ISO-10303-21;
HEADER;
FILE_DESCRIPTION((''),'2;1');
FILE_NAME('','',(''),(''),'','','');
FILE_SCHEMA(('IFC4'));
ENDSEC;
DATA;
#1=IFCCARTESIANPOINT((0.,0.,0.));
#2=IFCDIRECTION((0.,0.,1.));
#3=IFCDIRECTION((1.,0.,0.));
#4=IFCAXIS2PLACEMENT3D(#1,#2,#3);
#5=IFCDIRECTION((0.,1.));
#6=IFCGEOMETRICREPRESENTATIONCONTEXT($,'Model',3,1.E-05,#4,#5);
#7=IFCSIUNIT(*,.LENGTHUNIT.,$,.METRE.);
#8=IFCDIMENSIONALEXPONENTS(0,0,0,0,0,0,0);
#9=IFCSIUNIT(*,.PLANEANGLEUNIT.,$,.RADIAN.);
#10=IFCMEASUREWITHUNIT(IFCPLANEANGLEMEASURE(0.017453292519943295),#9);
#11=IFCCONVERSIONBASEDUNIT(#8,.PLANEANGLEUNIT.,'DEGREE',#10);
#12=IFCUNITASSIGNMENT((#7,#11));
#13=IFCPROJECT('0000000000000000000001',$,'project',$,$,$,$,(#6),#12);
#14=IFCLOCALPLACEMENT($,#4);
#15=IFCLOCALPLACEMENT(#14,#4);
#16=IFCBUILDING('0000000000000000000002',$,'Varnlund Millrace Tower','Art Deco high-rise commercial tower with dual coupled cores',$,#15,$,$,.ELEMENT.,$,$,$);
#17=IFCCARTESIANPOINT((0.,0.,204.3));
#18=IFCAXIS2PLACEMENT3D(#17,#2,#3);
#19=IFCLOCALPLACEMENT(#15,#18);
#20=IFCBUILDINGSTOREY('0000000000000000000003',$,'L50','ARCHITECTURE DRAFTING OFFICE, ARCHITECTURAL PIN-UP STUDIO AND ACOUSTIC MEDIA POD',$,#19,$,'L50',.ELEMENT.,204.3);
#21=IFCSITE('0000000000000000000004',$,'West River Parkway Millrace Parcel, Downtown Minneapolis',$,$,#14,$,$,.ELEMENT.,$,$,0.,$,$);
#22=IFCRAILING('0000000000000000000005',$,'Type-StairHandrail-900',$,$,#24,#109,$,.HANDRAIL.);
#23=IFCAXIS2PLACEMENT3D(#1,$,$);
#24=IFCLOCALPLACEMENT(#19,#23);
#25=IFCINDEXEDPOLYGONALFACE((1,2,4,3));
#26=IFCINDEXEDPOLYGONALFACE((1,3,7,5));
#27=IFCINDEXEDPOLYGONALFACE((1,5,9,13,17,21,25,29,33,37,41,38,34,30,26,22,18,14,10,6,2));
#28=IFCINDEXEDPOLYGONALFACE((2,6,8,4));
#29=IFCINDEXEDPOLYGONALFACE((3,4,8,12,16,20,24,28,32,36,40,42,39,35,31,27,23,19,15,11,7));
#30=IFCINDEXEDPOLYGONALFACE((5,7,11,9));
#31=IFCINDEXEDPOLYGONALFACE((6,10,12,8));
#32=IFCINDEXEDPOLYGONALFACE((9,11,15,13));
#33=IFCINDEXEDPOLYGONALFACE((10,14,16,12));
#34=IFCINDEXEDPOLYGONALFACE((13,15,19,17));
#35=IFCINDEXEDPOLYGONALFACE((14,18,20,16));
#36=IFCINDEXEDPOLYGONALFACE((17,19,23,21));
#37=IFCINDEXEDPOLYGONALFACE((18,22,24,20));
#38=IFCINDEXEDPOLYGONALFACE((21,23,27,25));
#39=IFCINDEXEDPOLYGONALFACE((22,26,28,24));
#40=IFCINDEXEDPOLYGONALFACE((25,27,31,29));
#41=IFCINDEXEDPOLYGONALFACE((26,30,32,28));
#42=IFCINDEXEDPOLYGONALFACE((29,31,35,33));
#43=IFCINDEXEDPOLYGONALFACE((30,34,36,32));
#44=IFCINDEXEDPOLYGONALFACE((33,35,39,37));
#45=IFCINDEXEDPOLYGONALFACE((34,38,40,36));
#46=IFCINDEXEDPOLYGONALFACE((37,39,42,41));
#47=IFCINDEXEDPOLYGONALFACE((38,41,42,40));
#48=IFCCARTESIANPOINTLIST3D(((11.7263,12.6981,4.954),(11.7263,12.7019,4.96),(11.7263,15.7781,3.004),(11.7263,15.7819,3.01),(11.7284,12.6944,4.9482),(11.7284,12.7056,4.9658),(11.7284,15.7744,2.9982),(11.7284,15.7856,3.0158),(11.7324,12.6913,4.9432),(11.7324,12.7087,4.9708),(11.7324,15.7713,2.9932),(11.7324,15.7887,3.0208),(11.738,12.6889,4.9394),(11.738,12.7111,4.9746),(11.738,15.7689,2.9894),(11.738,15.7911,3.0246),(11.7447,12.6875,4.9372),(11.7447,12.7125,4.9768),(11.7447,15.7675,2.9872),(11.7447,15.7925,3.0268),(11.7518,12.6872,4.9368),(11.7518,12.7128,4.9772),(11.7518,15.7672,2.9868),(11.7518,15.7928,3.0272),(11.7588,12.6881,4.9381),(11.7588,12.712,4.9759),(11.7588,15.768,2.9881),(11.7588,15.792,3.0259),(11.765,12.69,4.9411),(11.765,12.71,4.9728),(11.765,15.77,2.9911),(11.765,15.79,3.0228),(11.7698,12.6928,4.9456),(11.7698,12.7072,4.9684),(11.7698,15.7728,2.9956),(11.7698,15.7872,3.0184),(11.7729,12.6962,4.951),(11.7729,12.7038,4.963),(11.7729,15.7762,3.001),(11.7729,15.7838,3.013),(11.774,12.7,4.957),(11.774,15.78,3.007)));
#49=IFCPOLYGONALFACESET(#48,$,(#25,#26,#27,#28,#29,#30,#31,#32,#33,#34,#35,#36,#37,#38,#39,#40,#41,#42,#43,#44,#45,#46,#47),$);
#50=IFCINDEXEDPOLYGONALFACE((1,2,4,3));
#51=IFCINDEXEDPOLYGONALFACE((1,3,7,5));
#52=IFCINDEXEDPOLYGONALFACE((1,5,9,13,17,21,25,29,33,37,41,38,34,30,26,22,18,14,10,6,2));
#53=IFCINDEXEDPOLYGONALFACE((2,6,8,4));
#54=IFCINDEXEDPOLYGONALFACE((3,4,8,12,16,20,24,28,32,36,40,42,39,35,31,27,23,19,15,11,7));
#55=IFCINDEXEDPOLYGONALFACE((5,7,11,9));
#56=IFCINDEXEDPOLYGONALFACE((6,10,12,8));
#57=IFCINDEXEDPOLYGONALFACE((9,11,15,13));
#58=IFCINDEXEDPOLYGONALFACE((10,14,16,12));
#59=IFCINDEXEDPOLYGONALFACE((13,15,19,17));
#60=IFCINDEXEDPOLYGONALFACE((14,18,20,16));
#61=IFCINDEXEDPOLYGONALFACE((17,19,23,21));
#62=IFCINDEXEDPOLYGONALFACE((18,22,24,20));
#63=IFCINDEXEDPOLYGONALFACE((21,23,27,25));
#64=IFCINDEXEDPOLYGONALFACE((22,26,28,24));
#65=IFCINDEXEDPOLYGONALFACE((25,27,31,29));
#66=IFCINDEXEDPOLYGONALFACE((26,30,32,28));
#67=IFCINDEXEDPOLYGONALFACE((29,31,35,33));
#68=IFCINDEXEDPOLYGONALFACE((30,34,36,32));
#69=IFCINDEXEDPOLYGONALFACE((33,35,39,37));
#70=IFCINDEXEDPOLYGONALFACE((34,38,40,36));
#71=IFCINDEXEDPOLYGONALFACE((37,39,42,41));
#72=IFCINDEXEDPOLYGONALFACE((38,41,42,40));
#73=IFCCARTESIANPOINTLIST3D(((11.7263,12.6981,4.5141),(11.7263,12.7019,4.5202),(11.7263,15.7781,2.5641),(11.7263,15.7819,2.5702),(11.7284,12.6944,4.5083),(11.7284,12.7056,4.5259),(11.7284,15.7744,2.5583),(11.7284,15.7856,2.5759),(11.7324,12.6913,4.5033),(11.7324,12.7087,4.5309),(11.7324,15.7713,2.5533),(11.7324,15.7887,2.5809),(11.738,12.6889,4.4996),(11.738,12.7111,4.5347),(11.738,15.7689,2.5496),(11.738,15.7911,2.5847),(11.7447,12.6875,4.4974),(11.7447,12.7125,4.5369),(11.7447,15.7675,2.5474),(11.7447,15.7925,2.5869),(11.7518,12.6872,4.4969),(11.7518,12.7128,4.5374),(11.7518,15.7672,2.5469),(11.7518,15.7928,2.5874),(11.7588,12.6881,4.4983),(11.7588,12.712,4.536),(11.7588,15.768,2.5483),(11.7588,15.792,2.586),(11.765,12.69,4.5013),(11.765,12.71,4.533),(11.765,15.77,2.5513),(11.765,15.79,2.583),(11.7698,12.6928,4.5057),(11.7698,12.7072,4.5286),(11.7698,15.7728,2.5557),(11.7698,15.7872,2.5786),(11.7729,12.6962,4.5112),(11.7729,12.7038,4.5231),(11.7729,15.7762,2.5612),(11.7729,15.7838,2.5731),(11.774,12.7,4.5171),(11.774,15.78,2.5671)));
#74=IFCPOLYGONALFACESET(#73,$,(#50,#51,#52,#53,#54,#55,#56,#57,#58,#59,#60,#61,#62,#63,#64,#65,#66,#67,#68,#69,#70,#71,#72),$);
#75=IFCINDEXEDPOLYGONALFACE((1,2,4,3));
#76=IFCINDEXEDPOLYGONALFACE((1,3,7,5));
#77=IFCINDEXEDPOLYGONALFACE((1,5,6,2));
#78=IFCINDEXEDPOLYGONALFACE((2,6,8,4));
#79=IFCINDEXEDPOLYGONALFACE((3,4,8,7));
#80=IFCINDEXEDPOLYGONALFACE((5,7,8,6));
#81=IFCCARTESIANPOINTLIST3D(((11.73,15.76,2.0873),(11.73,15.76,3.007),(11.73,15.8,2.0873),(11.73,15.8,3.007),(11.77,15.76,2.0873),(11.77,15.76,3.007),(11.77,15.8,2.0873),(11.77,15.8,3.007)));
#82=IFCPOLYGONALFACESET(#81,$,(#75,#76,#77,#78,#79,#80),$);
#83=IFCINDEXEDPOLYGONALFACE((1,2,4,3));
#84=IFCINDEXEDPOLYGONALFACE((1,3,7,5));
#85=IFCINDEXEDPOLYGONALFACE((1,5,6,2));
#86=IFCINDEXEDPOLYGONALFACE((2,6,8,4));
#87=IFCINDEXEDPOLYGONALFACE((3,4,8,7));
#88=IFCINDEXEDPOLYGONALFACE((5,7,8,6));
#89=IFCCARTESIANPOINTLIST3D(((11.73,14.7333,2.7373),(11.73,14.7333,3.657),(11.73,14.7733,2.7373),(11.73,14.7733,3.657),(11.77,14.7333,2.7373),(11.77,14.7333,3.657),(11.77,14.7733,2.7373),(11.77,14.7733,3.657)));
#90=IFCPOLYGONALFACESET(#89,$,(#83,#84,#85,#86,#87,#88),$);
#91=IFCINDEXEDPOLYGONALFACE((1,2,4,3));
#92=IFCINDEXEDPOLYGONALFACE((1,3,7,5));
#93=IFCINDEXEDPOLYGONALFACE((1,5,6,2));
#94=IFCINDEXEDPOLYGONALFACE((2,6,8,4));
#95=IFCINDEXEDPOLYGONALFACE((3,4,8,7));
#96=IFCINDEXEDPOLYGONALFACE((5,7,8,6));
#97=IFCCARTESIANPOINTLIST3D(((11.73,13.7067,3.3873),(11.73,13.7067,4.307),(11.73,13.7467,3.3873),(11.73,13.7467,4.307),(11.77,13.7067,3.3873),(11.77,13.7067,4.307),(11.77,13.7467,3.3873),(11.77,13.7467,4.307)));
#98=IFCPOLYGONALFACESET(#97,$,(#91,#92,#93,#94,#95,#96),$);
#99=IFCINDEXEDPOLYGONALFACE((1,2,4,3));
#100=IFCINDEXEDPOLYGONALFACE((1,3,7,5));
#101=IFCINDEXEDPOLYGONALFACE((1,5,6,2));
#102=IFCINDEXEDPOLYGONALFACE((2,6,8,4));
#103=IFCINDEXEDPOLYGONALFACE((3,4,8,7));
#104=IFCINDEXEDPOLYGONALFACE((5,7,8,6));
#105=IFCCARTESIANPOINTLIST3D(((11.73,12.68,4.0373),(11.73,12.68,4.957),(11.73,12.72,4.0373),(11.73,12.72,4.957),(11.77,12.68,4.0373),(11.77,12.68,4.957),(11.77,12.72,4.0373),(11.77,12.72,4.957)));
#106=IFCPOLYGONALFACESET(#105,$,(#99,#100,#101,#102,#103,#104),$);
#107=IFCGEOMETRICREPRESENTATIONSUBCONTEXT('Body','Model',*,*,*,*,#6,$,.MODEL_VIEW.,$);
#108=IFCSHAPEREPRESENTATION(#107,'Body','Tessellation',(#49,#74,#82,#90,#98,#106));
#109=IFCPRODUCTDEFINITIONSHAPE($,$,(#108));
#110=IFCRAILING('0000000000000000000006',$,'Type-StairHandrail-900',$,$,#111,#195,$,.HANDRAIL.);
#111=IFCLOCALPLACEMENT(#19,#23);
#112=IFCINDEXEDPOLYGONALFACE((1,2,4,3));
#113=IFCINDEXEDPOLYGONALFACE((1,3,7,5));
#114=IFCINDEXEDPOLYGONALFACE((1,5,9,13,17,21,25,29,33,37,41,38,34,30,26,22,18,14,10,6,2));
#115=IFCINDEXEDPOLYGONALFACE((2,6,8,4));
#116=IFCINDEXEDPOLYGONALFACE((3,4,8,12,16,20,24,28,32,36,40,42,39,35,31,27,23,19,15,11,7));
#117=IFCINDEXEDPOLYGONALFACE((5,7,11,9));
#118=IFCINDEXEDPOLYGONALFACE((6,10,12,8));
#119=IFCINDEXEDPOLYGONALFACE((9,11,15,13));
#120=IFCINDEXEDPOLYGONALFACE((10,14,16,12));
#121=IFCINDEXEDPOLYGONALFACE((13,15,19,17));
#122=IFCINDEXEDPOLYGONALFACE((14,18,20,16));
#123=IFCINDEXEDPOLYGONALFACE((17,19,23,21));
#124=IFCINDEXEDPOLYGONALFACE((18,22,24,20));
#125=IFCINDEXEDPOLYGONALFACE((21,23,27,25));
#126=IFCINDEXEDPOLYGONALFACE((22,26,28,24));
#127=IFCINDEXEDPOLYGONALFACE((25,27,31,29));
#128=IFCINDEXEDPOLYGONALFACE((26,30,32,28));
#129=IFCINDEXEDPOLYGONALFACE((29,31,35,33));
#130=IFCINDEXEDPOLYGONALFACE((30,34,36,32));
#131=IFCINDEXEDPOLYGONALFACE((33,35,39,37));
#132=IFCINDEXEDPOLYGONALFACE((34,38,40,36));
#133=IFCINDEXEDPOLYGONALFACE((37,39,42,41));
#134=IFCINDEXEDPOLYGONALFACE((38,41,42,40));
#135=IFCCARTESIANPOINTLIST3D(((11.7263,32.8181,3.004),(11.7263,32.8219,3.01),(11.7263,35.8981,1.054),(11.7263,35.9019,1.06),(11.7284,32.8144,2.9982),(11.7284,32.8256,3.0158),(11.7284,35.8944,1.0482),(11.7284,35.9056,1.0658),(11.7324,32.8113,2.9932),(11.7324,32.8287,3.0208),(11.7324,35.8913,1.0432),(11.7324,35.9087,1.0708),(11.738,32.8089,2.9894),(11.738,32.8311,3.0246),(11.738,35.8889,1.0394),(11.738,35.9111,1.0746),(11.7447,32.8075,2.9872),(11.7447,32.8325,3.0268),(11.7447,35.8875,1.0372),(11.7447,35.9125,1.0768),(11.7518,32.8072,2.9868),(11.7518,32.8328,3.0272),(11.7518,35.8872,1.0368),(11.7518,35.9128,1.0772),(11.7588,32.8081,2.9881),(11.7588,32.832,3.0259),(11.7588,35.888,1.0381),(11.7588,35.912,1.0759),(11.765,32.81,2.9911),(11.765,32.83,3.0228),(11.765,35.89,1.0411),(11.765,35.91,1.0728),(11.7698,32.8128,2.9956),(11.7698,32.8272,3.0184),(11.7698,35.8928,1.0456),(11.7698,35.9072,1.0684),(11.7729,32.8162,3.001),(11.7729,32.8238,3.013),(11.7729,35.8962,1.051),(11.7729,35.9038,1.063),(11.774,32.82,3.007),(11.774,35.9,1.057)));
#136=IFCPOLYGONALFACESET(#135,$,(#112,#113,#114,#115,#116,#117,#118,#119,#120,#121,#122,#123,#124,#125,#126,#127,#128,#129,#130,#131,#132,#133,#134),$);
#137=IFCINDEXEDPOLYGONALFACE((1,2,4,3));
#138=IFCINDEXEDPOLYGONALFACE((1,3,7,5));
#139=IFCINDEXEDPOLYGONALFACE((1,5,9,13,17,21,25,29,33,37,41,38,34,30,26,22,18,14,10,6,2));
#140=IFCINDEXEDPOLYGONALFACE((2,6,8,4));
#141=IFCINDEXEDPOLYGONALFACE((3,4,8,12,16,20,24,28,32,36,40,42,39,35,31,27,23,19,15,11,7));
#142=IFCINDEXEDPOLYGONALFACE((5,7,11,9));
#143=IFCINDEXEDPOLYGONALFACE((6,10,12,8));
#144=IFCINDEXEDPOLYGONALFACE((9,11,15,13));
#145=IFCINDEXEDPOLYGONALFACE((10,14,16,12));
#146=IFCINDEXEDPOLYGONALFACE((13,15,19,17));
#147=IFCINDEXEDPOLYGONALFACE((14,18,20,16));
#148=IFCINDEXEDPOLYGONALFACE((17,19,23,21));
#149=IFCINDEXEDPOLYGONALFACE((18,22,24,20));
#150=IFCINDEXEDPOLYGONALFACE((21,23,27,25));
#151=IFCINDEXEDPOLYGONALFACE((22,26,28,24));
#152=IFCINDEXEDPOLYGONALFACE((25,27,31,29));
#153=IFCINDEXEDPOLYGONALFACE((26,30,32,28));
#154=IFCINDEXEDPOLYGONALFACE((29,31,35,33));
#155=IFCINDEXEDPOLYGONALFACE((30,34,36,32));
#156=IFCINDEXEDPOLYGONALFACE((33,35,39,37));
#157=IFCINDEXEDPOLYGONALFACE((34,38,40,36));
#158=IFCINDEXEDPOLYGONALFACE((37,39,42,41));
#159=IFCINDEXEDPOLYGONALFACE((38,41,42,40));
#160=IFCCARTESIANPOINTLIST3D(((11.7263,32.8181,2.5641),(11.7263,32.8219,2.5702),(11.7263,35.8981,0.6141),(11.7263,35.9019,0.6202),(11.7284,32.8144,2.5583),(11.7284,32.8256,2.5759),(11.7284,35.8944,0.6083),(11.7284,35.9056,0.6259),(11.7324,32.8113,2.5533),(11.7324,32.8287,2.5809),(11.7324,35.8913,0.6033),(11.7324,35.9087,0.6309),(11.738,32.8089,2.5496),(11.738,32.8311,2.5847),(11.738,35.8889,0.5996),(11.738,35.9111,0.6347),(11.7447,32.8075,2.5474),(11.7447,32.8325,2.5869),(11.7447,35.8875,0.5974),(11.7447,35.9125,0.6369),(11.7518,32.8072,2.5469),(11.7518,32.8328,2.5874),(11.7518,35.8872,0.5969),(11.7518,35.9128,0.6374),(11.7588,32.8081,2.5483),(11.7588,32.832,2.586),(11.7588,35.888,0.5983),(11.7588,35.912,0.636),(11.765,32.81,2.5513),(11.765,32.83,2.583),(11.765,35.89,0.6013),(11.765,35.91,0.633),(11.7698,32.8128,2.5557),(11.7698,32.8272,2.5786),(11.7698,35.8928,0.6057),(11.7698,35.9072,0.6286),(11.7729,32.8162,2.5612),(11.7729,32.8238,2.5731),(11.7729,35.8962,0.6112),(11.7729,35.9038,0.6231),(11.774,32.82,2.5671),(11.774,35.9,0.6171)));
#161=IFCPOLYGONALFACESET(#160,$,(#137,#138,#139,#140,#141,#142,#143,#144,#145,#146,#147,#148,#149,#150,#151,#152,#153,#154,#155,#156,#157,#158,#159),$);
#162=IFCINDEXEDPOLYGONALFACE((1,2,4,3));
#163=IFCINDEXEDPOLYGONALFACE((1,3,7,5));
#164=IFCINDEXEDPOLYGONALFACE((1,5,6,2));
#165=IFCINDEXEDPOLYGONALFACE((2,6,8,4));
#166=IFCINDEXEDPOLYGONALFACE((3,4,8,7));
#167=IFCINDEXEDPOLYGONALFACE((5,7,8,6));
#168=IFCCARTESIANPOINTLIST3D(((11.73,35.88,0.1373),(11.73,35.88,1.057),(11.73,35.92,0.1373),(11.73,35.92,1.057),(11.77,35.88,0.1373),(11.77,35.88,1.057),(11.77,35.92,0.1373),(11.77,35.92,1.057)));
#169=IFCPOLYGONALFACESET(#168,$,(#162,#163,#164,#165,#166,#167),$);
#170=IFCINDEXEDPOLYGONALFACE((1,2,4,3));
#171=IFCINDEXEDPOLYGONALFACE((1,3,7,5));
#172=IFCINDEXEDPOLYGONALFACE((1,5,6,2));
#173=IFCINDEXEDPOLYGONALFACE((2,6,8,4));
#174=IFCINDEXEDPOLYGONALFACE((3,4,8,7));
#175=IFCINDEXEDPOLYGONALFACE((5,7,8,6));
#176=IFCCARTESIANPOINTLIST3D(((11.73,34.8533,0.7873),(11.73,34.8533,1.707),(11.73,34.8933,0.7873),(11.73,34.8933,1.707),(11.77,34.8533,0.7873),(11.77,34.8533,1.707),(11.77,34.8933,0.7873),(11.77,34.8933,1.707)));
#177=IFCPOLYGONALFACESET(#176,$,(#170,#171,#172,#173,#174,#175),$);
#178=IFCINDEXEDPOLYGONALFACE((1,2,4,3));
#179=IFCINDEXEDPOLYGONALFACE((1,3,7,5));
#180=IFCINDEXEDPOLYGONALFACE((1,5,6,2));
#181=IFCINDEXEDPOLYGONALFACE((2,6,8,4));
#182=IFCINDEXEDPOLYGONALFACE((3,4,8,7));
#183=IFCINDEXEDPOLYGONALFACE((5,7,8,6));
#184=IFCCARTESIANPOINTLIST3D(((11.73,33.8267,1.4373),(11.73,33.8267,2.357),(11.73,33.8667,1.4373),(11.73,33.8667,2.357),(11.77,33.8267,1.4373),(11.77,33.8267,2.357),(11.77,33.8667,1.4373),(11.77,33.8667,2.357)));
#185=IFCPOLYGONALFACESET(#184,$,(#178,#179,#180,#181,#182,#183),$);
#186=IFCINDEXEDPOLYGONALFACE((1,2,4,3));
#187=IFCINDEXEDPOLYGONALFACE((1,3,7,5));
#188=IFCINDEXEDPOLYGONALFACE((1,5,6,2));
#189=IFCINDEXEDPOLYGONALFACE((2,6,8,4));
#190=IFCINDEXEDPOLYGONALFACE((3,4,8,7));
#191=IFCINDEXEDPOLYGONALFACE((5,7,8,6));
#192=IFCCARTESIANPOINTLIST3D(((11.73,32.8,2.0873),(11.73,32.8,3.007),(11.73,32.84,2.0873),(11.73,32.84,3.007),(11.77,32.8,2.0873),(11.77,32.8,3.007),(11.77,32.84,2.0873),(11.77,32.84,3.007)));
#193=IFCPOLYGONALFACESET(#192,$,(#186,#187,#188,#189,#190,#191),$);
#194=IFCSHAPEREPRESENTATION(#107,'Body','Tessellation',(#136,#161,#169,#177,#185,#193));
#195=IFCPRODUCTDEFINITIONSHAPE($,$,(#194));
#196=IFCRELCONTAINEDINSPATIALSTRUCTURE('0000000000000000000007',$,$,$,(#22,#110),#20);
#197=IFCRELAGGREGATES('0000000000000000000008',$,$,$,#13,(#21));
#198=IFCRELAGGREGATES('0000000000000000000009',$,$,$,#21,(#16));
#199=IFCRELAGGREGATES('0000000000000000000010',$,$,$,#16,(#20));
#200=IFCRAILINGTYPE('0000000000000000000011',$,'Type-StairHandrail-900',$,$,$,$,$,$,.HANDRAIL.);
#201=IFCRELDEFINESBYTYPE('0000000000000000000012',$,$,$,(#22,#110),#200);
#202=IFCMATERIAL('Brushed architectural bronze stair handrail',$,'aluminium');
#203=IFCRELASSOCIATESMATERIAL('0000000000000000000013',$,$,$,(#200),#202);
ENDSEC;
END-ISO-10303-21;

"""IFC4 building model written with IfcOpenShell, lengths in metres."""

from ifc_helpers import new_model, entity, si_unit, converted_unit, direction, frame, origin_with_axes, origin_2d_with_axis, place, context, subcontext, project, spatial, rectangle, circle, extrude, material, type_object, element, save


model = new_model("IFC4")

# Units and contexts
model_context = context("Model", 3, precision=1e-05, world=origin_with_axes(), true_north=direction((0.0, 1.0)))
body_context = subcontext(model_context, "Body", "Model", "MODEL_VIEW")
ifc_project = project(units=[si_unit("LENGTHUNIT", "METRE"), converted_unit("PLANEANGLEUNIT", "DEGREE", entity("IfcPlaneAngleMeasure", 0.017453292519943295), si_unit("PLANEANGLEUNIT", "RADIAN"), dimensions=[0, 0, 0, 0, 0, 0, 0])], contexts=[model_context])

# Site, building, storey
site_placement = place(None, origin_with_axes())
site = spatial("IfcSite", under=ifc_project, at=site_placement, Name="West River Parkway Millrace Parcel, Downtown Minneapolis", CompositionType="ELEMENT", RefElevation=0.0)
building_placement = place(site_placement, origin_with_axes())
building = spatial("IfcBuilding", under=site, at=building_placement, Name="Varnlund Millrace Tower", Description="Art Deco high-rise commercial tower with dual coupled cores", CompositionType="ELEMENT")
storey_placement = place(building_placement, frame((0.0, 0.0, 204.3), z_axis=(0.0, 0.0, 1.0), x_axis=(1.0, 0.0, 0.0)))
storey = spatial("IfcBuildingStorey", under=building, at=storey_placement, Name="L50", Description="ARCHITECTURE DRAFTING OFFICE, ARCHITECTURAL PIN-UP STUDIO AND ACOUSTIC MEDIA POD", LongName="L50", CompositionType="ELEMENT", Elevation=204.3)

# Railings
ifc_material_1 = material(Name="Brushed architectural bronze stair handrail", Category="aluminium")
railing_type_1 = type_object("IfcRailingType", Name="Type-StairHandrail-900", PredefinedType="HANDRAIL", material=ifc_material_1)
railing_1_placement = place(storey_placement, frame((0.0, 0.0, -204.3), z_axis=(0.0, 0.0, 1.0), x_axis=(1.0, 0.0, 0.0)))
element("IfcRailing", 1, at=railing_1_placement, inside=storey, type_object=railing_type_1, Name="Type-StairHandrail-900", PredefinedType="HANDRAIL", context=body_context, shape_type="SweptSolid", body=[
    extrude(circle(Radius=0.024, at=origin_2d_with_axis()), frame((11.75, 15.78, 207.307), z_axis=(0.0, -0.844902, 0.534922), x_axis=(1.0, 0.0, 0.0)), (0.0, 0.0, 1.0), 3.6454),
    extrude(circle(Radius=0.024, at=origin_2d_with_axis()), frame((11.75, 15.78, 206.8671), z_axis=(0.0, -0.844902, 0.534922), x_axis=(1.0, 0.0, 0.0)), (0.0, 0.0, 1.0), 3.6454),
    extrude(rectangle(XDim=0.04, YDim=0.04, at=origin_2d_with_axis()), frame((11.75, 15.78, 206.3873), z_axis=(0.0, 0.0, 1.0), x_axis=(1.0, 0.0, 0.0)), (0.0, 0.0, 1.0), 0.9197),
    extrude(rectangle(XDim=0.04, YDim=0.04, at=origin_2d_with_axis()), frame((11.75, 14.7533, 207.0373), z_axis=(0.0, 0.0, 1.0), x_axis=(1.0, 0.0, 0.0)), (0.0, 0.0, 1.0), 0.9197),
    extrude(rectangle(XDim=0.04, YDim=0.04, at=origin_2d_with_axis()), frame((11.75, 13.7267, 207.6873), z_axis=(0.0, 0.0, 1.0), x_axis=(1.0, 0.0, 0.0)), (0.0, 0.0, 1.0), 0.9197),
    extrude(rectangle(XDim=0.04, YDim=0.04, at=origin_2d_with_axis()), frame((11.75, 12.7, 208.3373), z_axis=(0.0, 0.0, 1.0), x_axis=(1.0, 0.0, 0.0)), (0.0, 0.0, 1.0), 0.9197),
])
railing_2_placement = place(storey_placement, frame((0.0, 0.0, -204.3), z_axis=(0.0, 0.0, 1.0), x_axis=(1.0, 0.0, 0.0)))
element("IfcRailing", 2, at=railing_2_placement, inside=storey, type_object=railing_type_1, Name="Type-StairHandrail-900", PredefinedType="HANDRAIL", context=body_context, shape_type="SweptSolid", body=[
    extrude(circle(Radius=0.024, at=origin_2d_with_axis()), frame((11.75, 35.9, 205.357), z_axis=(0.0, -0.844902, 0.534922), x_axis=(1.0, 0.0, 0.0)), (0.0, 0.0, 1.0), 3.6454),
    extrude(circle(Radius=0.024, at=origin_2d_with_axis()), frame((11.75, 35.9, 204.9171), z_axis=(0.0, -0.844902, 0.534922), x_axis=(1.0, 0.0, 0.0)), (0.0, 0.0, 1.0), 3.6454),
    extrude(rectangle(XDim=0.04, YDim=0.04, at=origin_2d_with_axis()), frame((11.75, 35.9, 204.4373), z_axis=(0.0, 0.0, 1.0), x_axis=(1.0, 0.0, 0.0)), (0.0, 0.0, 1.0), 0.9197),
    extrude(rectangle(XDim=0.04, YDim=0.04, at=origin_2d_with_axis()), frame((11.75, 34.8733, 205.0873), z_axis=(0.0, 0.0, 1.0), x_axis=(1.0, 0.0, 0.0)), (0.0, 0.0, 1.0), 0.9197),
    extrude(rectangle(XDim=0.04, YDim=0.04, at=origin_2d_with_axis()), frame((11.75, 33.8467, 205.7373), z_axis=(0.0, 0.0, 1.0), x_axis=(1.0, 0.0, 0.0)), (0.0, 0.0, 1.0), 0.9197),
    extrude(rectangle(XDim=0.04, YDim=0.04, at=origin_2d_with_axis()), frame((11.75, 32.82, 206.3873), z_axis=(0.0, 0.0, 1.0), x_axis=(1.0, 0.0, 0.0)), (0.0, 0.0, 1.0), 0.9197),
])

save(model, "model.ifc")
